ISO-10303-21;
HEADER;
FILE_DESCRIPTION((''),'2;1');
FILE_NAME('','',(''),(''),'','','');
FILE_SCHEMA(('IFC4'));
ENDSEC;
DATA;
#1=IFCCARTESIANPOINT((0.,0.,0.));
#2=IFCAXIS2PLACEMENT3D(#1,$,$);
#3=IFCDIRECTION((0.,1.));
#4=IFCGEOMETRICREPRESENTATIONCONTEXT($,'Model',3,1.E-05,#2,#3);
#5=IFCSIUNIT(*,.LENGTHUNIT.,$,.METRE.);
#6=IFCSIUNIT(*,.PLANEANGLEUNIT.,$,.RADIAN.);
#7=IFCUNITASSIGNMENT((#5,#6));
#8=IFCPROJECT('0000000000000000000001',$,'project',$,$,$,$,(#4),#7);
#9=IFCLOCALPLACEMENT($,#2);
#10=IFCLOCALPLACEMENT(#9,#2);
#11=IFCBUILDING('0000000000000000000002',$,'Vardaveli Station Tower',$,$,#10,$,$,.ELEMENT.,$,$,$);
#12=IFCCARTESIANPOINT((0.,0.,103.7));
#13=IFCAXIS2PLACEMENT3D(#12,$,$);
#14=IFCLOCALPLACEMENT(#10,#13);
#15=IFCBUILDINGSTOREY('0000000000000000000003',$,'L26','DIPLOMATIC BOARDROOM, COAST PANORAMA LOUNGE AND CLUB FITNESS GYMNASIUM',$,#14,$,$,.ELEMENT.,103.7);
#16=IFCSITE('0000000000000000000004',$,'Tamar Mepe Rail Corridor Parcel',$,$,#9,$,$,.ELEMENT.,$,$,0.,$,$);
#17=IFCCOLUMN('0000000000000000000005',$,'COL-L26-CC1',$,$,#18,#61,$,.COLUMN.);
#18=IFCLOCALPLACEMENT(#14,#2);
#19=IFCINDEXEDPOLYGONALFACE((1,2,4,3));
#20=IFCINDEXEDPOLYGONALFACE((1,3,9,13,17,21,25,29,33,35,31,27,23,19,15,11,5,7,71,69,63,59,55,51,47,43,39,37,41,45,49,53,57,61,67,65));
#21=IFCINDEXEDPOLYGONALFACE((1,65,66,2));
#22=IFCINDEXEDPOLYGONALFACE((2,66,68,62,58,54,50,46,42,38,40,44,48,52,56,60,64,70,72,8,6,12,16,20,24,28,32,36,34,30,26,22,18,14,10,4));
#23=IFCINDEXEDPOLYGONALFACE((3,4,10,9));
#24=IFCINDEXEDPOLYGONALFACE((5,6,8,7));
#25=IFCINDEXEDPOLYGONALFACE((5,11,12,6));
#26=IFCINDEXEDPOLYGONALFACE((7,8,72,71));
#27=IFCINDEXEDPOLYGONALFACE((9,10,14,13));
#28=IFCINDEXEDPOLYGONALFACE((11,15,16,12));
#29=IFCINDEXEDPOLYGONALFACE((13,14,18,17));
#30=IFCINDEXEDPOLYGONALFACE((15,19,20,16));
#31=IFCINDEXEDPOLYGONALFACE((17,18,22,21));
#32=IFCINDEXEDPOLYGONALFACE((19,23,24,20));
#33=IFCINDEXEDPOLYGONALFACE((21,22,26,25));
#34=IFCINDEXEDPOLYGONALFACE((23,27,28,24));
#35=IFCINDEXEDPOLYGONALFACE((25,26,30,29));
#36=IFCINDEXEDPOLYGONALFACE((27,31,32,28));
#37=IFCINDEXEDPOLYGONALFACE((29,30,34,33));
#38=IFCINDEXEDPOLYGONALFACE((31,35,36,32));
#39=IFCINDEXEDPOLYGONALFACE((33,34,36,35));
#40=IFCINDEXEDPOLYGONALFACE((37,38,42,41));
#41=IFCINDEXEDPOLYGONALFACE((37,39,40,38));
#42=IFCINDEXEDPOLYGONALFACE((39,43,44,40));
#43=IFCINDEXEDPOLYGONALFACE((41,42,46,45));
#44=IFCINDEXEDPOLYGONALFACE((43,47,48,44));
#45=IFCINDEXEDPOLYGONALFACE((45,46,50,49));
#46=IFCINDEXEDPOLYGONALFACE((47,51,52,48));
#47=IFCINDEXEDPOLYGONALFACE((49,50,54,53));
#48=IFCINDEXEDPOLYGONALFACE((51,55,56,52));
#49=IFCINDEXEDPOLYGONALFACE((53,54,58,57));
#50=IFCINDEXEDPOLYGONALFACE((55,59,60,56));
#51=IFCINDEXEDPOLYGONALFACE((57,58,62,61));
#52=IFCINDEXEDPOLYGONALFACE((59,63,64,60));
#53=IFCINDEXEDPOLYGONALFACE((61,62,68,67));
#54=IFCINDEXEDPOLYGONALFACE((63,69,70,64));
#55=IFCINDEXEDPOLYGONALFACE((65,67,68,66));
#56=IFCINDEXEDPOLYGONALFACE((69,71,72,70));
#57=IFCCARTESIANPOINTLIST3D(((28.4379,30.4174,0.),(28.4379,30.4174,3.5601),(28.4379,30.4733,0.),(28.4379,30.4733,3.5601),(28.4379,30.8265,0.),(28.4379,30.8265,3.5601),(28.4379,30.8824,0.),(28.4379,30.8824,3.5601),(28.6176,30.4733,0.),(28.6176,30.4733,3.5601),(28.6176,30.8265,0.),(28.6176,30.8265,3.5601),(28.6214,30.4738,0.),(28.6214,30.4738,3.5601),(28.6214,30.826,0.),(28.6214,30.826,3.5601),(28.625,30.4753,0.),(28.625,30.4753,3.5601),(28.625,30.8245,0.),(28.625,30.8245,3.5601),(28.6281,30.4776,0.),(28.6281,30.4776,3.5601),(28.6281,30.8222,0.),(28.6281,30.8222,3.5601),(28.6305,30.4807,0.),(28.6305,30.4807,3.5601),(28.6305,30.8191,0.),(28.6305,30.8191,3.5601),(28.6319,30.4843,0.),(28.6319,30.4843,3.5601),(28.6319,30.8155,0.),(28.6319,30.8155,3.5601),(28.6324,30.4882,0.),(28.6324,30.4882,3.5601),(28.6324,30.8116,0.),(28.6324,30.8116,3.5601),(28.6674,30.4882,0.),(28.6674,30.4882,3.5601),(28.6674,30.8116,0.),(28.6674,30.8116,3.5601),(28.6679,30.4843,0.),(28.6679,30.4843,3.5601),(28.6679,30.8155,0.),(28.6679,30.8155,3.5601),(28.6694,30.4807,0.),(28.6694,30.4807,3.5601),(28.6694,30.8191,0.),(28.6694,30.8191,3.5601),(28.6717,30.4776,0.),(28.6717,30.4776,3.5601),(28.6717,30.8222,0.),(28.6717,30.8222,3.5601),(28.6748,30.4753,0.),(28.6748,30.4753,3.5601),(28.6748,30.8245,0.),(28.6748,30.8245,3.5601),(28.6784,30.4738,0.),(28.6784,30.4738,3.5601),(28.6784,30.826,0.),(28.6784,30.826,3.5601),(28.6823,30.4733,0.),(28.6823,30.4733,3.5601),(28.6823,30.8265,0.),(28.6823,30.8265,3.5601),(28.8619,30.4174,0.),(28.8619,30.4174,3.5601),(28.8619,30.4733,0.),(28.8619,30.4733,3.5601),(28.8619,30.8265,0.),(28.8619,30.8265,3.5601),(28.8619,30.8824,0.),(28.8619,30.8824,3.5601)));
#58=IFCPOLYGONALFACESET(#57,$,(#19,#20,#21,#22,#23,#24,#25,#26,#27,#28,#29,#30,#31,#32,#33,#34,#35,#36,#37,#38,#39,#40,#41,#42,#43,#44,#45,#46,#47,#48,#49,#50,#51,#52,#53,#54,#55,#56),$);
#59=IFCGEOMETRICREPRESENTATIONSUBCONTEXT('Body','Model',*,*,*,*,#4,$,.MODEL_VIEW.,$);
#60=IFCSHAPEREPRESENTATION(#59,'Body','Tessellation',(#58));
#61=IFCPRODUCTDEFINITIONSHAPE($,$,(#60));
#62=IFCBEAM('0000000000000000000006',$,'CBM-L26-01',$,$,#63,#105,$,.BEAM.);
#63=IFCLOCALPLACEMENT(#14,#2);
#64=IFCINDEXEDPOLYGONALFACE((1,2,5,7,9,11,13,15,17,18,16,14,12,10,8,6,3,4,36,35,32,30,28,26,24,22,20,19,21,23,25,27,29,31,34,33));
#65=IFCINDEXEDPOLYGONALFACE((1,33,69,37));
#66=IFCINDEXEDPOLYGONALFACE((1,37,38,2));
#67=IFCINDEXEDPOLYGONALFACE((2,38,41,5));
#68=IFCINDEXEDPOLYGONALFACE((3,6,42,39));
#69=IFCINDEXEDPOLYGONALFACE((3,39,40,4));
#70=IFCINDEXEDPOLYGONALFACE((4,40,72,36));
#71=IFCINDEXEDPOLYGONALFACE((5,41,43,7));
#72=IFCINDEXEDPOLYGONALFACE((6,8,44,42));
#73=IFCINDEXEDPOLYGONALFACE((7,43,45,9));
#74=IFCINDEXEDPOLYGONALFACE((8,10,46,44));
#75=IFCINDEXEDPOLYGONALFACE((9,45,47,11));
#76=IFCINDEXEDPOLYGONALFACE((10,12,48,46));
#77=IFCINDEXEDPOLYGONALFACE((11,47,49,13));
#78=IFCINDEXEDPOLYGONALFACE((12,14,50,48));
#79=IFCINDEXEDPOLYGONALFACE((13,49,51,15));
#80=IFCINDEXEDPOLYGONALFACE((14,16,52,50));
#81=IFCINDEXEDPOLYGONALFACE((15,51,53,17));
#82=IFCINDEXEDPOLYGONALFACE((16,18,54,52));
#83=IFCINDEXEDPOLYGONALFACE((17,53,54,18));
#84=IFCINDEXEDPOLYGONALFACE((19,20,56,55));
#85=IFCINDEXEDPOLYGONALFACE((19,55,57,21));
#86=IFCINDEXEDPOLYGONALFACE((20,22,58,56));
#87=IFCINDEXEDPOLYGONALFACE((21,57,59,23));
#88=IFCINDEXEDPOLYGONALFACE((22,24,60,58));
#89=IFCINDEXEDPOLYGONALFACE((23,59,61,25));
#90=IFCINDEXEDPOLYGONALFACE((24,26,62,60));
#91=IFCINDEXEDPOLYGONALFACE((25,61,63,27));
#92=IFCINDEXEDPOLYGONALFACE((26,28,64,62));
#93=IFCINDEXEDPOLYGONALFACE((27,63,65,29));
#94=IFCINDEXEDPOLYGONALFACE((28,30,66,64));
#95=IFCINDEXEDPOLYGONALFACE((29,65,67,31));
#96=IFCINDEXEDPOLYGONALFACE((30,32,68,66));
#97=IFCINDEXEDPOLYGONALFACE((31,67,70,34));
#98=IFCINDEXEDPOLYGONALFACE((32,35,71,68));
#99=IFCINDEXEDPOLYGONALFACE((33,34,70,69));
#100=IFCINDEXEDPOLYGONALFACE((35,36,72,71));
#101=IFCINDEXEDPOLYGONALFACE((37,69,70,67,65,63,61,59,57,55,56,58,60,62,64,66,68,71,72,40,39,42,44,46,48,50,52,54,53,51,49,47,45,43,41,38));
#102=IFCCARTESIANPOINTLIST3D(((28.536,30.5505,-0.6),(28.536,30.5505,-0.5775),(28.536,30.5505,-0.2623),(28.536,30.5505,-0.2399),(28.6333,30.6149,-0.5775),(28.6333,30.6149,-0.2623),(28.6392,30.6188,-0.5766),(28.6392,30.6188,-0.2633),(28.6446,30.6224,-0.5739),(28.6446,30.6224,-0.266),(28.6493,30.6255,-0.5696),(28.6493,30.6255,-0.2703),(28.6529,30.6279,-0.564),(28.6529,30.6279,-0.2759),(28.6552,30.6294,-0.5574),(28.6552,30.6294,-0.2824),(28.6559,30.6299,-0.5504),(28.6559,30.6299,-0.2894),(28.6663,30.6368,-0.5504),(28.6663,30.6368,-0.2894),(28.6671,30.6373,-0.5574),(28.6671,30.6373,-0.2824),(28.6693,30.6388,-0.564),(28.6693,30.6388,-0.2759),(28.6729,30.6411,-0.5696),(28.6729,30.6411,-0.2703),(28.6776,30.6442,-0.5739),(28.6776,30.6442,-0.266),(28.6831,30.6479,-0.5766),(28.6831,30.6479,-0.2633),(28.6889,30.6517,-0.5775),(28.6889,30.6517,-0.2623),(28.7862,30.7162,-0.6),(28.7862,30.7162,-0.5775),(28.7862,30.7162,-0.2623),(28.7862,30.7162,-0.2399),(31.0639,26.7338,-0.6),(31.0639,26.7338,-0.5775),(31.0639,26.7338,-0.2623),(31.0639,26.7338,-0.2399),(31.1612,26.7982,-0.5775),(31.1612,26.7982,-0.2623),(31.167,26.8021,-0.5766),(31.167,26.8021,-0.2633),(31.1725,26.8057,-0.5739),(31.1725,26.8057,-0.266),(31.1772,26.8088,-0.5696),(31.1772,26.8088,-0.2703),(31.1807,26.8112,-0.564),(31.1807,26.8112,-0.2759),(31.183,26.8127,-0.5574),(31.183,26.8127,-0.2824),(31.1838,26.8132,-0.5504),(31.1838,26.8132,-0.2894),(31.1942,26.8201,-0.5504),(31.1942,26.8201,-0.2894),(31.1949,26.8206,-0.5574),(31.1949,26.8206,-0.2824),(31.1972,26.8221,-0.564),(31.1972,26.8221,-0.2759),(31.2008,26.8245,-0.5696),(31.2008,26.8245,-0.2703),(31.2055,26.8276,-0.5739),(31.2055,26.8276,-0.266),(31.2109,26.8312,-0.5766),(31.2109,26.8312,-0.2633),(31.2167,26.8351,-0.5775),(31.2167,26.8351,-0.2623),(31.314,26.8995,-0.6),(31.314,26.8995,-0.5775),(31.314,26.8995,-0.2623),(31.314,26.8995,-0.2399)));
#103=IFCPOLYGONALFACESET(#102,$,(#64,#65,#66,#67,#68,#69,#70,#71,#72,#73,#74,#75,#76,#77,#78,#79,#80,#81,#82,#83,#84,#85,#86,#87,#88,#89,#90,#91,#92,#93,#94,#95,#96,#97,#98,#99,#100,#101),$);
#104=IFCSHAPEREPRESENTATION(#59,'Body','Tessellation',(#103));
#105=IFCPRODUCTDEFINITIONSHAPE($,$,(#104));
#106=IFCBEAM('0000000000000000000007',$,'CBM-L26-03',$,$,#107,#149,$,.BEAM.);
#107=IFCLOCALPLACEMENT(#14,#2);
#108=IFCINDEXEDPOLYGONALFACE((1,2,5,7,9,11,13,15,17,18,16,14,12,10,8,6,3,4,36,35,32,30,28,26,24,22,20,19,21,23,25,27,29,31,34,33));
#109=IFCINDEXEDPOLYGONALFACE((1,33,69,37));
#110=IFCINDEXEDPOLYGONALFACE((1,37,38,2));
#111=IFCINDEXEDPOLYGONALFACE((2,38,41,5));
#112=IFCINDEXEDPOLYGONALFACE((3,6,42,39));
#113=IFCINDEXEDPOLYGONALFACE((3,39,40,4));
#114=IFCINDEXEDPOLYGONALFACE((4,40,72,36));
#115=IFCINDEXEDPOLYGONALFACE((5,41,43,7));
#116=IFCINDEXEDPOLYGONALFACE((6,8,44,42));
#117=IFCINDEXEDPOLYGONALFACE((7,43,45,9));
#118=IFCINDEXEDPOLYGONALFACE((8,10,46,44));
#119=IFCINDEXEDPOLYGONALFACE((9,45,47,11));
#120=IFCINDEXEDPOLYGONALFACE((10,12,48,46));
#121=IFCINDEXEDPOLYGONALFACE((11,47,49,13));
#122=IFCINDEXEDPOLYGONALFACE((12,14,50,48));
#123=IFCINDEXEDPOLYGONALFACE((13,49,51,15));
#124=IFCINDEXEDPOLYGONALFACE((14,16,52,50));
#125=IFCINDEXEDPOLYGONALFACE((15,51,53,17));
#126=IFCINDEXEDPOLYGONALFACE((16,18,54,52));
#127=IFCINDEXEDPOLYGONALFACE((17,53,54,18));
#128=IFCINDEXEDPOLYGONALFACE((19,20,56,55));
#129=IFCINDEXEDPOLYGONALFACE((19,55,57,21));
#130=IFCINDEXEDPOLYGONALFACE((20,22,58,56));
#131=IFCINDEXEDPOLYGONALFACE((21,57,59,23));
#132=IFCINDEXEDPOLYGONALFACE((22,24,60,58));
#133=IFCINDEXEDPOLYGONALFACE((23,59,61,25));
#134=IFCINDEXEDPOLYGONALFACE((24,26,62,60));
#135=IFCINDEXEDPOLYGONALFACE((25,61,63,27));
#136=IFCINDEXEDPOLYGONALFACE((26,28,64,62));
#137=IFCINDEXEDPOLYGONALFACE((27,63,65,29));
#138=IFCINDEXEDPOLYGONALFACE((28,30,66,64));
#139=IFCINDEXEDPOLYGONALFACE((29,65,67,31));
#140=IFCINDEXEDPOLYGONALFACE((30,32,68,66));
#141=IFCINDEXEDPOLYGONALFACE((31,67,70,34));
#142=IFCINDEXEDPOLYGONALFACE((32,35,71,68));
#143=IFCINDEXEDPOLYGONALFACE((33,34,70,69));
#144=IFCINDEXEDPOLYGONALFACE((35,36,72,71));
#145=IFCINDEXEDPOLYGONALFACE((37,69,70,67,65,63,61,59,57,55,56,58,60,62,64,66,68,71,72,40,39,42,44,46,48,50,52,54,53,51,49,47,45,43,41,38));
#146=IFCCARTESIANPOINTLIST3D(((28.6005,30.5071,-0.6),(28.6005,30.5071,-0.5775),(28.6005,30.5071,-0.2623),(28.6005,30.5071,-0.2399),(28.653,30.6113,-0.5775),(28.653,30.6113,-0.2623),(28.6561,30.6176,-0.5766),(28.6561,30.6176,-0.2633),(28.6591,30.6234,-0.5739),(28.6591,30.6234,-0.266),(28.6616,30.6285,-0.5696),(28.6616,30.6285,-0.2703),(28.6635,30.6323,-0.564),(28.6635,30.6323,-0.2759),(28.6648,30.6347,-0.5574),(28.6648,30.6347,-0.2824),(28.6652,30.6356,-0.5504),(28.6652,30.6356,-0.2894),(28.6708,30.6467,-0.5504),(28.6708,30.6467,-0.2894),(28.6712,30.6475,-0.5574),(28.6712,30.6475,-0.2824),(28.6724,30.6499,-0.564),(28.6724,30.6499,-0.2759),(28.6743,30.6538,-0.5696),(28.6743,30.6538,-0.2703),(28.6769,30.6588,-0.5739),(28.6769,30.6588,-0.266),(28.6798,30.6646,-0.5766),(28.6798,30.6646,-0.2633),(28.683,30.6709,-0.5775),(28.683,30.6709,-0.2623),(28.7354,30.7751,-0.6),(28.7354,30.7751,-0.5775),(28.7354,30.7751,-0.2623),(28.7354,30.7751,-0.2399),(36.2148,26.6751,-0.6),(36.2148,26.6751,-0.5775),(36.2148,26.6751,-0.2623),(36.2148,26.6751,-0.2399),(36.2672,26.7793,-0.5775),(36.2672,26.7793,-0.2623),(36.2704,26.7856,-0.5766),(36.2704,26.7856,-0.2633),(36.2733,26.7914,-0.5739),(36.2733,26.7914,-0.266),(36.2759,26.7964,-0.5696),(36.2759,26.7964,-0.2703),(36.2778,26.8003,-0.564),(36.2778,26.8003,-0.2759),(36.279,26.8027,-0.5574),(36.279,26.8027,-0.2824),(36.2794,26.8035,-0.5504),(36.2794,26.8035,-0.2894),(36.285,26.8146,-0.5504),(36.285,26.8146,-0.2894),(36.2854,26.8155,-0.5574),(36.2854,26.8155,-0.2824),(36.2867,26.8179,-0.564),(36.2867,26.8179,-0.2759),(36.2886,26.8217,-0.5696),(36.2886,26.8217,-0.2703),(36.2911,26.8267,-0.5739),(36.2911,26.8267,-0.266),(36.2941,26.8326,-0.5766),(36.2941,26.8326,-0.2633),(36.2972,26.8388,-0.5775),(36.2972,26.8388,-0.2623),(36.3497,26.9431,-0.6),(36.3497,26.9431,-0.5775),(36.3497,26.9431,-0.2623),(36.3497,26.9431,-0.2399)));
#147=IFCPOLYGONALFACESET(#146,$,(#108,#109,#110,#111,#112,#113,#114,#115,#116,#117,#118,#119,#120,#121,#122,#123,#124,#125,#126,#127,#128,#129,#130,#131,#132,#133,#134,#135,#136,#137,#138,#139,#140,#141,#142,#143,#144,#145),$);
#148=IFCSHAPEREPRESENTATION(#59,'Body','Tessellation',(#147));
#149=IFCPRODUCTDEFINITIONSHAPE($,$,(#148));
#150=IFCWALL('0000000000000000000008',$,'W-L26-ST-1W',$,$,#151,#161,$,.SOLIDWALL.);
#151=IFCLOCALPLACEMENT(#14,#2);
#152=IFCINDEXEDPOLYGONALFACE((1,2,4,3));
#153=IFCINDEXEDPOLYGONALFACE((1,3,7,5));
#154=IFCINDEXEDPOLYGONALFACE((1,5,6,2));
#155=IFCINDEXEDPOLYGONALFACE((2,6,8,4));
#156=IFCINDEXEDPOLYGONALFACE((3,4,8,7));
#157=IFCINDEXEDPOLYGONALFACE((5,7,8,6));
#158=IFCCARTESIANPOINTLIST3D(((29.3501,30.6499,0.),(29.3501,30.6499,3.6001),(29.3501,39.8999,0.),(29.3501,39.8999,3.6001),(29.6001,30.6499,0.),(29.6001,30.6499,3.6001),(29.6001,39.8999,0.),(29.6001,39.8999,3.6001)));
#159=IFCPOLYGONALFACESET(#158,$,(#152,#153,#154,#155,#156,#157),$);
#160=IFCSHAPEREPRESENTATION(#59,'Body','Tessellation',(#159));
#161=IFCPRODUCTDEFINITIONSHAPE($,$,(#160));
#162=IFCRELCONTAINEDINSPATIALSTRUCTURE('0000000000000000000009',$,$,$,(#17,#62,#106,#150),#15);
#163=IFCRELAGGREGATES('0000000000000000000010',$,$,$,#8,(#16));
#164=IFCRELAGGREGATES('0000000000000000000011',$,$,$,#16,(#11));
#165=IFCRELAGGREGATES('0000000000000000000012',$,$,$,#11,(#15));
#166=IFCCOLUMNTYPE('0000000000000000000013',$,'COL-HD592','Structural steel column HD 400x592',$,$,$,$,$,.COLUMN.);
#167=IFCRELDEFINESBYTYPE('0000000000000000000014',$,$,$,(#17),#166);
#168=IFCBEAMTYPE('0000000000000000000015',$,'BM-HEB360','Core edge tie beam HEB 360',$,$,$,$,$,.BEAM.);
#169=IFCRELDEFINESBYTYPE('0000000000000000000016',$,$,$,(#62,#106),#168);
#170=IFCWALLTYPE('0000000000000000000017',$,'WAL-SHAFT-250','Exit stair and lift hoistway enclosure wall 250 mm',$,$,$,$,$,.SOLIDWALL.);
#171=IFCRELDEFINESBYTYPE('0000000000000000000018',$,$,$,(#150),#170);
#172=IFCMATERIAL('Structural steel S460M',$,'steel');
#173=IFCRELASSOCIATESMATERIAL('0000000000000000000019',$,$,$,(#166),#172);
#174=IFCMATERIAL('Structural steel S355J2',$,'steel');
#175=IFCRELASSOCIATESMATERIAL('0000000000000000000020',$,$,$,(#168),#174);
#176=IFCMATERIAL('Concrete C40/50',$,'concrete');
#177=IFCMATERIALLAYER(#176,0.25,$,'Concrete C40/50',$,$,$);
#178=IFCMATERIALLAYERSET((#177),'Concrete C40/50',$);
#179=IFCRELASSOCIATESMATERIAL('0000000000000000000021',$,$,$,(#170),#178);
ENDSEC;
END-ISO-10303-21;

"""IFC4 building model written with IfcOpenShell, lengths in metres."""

from ifc_helpers import new_model, si_unit, direction, frame, frame_2d, origin, origin_2d, place, context, subcontext, project, spatial, rectangle, i_section, extrude, source, transform, mapped, material, layer, layer_set, material_profile, profile_set, type_object, element, save


model = new_model("IFC4")

# Units and contexts
model_context = context("Model", 3, precision=1e-05, world=origin(), true_north=direction((0.0, 1.0)))
body_context = subcontext(model_context, "Body", "Model", "MODEL_VIEW")
ifc_project = project(units=[si_unit("LENGTHUNIT", "METRE"), si_unit("PLANEANGLEUNIT", "RADIAN")], contexts=[model_context])

# Site, building, storey
site_placement = place(None, origin())
site = spatial("IfcSite", under=ifc_project, at=site_placement, Name="Tamar Mepe Rail Corridor Parcel", CompositionType="ELEMENT", RefElevation=0.0)
building_placement = place(site_placement, origin())
building = spatial("IfcBuilding", under=site, at=building_placement, Name="Vardaveli Station Tower", CompositionType="ELEMENT")
storey_placement = place(building_placement, frame((0.0, 0.0, 103.7)))
storey = spatial("IfcBuildingStorey", under=building, at=storey_placement, Name="L26", Description="DIPLOMATIC BOARDROOM, COAST PANORAMA LOUNGE AND CLUB FITNESS GYMNASIUM", CompositionType="ELEMENT", Elevation=103.7)

# Column
ifc_material_1 = material(Name="Structural steel S460M", Category="steel")
ifc_material_profile_1 = material_profile(ifc_material_1, i_section(OverallWidth=0.4241, OverallDepth=0.4651, WebThickness=0.0349, FlangeThickness=0.0559, FilletRadius=0.0149, at=origin_2d()), Name="HD 400x592")
ifc_profile_set_1 = profile_set([ifc_material_profile_1], Name="Structural steel S460M")
column_type = type_object("IfcColumnType", Name="COL-HD592", Description="Structural steel column HD 400x592", PredefinedType="COLUMN", material=ifc_profile_set_1)
shared_shape_1 = source(origin(), body_context, "Body", "SweptSolid", [
    extrude(i_section(OverallWidth=0.4241, OverallDepth=0.4651, WebThickness=0.0349, FlangeThickness=0.0559, FilletRadius=0.0149, at=origin_2d()), origin(), (0.0, 0.0, 1.0), 3.5601),
])
column_placement = place(storey_placement, frame((28.6499, 30.6499, 0.0), z_axis=(0.0, 0.0, 1.0), x_axis=(1.0, 0.0, 0.0)))
element("IfcColumn", 1, at=column_placement, inside=storey, type_object=column_type, Name="COL-L26-CC1", PredefinedType="COLUMN", context=body_context, shape_type="MappedRepresentation", body=[
    mapped(shared_shape_1, transform((0.0, 0.0, 0.0), scale=1.0)),
])

# Beams
ifc_material_2 = material(Name="Structural steel S355J2", Category="steel")
ifc_material_profile_2 = material_profile(ifc_material_2, i_section(OverallWidth=0.3, OverallDepth=0.3601, WebThickness=0.0125, FlangeThickness=0.0225, FilletRadius=0.0271, at=origin_2d()), Name="HEB 360")
ifc_profile_set_2 = profile_set([ifc_material_profile_2], Name="Structural steel S355J2")
beam_type = type_object("IfcBeamType", Name="BM-HEB360", Description="Core edge tie beam HEB 360", PredefinedType="BEAM", material=ifc_profile_set_2)
shared_shape_2 = source(origin(), body_context, "Body", "SweptSolid", [
    extrude(i_section(OverallWidth=0.3, OverallDepth=0.3601, WebThickness=0.0125, FlangeThickness=0.0225, FilletRadius=0.0271, at=origin_2d()), origin(), (0.0, 0.0, 1.0), 4.5779),
])
beam_1_placement = place(storey_placement, frame((31.189, 26.8167, -0.4199), z_axis=(-0.552187, 0.83372, 0.0), x_axis=(-0.83372, -0.552187, 0.0)))
element("IfcBeam", 2, at=beam_1_placement, inside=storey, type_object=beam_type, Name="CBM-L26-01", PredefinedType="BEAM", context=body_context, shape_type="MappedRepresentation", body=[
    mapped(shared_shape_2, transform((0.0, 0.0, 0.0), scale=1.0)),
])
shared_shape_3 = source(origin(), body_context, "Body", "SweptSolid", [
    extrude(i_section(OverallWidth=0.3, OverallDepth=0.3601, WebThickness=0.0125, FlangeThickness=0.0225, FilletRadius=0.0271, at=origin_2d()), origin(), (0.0, 0.0, 1.0), 8.5242),
])
beam_2_placement = place(storey_placement, frame((28.668, 30.6411, -0.4199), z_axis=(0.893256, -0.449549, 0.0), x_axis=(0.449549, 0.893256, 0.0)))
element("IfcBeam", 3, at=beam_2_placement, inside=storey, type_object=beam_type, Name="CBM-L26-03", PredefinedType="BEAM", context=body_context, shape_type="MappedRepresentation", body=[
    mapped(shared_shape_3, transform((0.0, 0.0, 0.0), scale=1.0)),
])

# Wall
ifc_material_3 = material(Name="Concrete C40/50", Category="concrete")
ifc_layer_1 = layer(ifc_material_3, 0.25, Name="Concrete C40/50")
ifc_layer_set_1 = layer_set([ifc_layer_1], Name="Concrete C40/50")
wall_type_1 = type_object("IfcWallType", Name="WAL-SHAFT-250", Description="Exit stair and lift hoistway enclosure wall 250 mm", PredefinedType="SOLIDWALL", material=ifc_layer_set_1)
shared_shape_4 = source(origin(), body_context, "Body", "SweptSolid", [
    extrude(rectangle(XDim=9.25, YDim=0.25, at=frame_2d((4.625, 0.0))), origin(), (0.0, 0.0, 1.0), 3.6001),
])
wall_1_placement = place(storey_placement, frame((29.4751, 30.6499, 0.0), z_axis=(0.0, 0.0, 1.0), x_axis=(0.0, 1.0, 0.0)))
element("IfcWall", 4, at=wall_1_placement, inside=storey, type_object=wall_type_1, Name="W-L26-ST-1W", PredefinedType="SOLIDWALL", context=body_context, shape_type="MappedRepresentation", body=[
    mapped(shared_shape_4, transform((0.0, 0.0, 0.0), scale=1.0)),
])

save(model, "model.ifc")
